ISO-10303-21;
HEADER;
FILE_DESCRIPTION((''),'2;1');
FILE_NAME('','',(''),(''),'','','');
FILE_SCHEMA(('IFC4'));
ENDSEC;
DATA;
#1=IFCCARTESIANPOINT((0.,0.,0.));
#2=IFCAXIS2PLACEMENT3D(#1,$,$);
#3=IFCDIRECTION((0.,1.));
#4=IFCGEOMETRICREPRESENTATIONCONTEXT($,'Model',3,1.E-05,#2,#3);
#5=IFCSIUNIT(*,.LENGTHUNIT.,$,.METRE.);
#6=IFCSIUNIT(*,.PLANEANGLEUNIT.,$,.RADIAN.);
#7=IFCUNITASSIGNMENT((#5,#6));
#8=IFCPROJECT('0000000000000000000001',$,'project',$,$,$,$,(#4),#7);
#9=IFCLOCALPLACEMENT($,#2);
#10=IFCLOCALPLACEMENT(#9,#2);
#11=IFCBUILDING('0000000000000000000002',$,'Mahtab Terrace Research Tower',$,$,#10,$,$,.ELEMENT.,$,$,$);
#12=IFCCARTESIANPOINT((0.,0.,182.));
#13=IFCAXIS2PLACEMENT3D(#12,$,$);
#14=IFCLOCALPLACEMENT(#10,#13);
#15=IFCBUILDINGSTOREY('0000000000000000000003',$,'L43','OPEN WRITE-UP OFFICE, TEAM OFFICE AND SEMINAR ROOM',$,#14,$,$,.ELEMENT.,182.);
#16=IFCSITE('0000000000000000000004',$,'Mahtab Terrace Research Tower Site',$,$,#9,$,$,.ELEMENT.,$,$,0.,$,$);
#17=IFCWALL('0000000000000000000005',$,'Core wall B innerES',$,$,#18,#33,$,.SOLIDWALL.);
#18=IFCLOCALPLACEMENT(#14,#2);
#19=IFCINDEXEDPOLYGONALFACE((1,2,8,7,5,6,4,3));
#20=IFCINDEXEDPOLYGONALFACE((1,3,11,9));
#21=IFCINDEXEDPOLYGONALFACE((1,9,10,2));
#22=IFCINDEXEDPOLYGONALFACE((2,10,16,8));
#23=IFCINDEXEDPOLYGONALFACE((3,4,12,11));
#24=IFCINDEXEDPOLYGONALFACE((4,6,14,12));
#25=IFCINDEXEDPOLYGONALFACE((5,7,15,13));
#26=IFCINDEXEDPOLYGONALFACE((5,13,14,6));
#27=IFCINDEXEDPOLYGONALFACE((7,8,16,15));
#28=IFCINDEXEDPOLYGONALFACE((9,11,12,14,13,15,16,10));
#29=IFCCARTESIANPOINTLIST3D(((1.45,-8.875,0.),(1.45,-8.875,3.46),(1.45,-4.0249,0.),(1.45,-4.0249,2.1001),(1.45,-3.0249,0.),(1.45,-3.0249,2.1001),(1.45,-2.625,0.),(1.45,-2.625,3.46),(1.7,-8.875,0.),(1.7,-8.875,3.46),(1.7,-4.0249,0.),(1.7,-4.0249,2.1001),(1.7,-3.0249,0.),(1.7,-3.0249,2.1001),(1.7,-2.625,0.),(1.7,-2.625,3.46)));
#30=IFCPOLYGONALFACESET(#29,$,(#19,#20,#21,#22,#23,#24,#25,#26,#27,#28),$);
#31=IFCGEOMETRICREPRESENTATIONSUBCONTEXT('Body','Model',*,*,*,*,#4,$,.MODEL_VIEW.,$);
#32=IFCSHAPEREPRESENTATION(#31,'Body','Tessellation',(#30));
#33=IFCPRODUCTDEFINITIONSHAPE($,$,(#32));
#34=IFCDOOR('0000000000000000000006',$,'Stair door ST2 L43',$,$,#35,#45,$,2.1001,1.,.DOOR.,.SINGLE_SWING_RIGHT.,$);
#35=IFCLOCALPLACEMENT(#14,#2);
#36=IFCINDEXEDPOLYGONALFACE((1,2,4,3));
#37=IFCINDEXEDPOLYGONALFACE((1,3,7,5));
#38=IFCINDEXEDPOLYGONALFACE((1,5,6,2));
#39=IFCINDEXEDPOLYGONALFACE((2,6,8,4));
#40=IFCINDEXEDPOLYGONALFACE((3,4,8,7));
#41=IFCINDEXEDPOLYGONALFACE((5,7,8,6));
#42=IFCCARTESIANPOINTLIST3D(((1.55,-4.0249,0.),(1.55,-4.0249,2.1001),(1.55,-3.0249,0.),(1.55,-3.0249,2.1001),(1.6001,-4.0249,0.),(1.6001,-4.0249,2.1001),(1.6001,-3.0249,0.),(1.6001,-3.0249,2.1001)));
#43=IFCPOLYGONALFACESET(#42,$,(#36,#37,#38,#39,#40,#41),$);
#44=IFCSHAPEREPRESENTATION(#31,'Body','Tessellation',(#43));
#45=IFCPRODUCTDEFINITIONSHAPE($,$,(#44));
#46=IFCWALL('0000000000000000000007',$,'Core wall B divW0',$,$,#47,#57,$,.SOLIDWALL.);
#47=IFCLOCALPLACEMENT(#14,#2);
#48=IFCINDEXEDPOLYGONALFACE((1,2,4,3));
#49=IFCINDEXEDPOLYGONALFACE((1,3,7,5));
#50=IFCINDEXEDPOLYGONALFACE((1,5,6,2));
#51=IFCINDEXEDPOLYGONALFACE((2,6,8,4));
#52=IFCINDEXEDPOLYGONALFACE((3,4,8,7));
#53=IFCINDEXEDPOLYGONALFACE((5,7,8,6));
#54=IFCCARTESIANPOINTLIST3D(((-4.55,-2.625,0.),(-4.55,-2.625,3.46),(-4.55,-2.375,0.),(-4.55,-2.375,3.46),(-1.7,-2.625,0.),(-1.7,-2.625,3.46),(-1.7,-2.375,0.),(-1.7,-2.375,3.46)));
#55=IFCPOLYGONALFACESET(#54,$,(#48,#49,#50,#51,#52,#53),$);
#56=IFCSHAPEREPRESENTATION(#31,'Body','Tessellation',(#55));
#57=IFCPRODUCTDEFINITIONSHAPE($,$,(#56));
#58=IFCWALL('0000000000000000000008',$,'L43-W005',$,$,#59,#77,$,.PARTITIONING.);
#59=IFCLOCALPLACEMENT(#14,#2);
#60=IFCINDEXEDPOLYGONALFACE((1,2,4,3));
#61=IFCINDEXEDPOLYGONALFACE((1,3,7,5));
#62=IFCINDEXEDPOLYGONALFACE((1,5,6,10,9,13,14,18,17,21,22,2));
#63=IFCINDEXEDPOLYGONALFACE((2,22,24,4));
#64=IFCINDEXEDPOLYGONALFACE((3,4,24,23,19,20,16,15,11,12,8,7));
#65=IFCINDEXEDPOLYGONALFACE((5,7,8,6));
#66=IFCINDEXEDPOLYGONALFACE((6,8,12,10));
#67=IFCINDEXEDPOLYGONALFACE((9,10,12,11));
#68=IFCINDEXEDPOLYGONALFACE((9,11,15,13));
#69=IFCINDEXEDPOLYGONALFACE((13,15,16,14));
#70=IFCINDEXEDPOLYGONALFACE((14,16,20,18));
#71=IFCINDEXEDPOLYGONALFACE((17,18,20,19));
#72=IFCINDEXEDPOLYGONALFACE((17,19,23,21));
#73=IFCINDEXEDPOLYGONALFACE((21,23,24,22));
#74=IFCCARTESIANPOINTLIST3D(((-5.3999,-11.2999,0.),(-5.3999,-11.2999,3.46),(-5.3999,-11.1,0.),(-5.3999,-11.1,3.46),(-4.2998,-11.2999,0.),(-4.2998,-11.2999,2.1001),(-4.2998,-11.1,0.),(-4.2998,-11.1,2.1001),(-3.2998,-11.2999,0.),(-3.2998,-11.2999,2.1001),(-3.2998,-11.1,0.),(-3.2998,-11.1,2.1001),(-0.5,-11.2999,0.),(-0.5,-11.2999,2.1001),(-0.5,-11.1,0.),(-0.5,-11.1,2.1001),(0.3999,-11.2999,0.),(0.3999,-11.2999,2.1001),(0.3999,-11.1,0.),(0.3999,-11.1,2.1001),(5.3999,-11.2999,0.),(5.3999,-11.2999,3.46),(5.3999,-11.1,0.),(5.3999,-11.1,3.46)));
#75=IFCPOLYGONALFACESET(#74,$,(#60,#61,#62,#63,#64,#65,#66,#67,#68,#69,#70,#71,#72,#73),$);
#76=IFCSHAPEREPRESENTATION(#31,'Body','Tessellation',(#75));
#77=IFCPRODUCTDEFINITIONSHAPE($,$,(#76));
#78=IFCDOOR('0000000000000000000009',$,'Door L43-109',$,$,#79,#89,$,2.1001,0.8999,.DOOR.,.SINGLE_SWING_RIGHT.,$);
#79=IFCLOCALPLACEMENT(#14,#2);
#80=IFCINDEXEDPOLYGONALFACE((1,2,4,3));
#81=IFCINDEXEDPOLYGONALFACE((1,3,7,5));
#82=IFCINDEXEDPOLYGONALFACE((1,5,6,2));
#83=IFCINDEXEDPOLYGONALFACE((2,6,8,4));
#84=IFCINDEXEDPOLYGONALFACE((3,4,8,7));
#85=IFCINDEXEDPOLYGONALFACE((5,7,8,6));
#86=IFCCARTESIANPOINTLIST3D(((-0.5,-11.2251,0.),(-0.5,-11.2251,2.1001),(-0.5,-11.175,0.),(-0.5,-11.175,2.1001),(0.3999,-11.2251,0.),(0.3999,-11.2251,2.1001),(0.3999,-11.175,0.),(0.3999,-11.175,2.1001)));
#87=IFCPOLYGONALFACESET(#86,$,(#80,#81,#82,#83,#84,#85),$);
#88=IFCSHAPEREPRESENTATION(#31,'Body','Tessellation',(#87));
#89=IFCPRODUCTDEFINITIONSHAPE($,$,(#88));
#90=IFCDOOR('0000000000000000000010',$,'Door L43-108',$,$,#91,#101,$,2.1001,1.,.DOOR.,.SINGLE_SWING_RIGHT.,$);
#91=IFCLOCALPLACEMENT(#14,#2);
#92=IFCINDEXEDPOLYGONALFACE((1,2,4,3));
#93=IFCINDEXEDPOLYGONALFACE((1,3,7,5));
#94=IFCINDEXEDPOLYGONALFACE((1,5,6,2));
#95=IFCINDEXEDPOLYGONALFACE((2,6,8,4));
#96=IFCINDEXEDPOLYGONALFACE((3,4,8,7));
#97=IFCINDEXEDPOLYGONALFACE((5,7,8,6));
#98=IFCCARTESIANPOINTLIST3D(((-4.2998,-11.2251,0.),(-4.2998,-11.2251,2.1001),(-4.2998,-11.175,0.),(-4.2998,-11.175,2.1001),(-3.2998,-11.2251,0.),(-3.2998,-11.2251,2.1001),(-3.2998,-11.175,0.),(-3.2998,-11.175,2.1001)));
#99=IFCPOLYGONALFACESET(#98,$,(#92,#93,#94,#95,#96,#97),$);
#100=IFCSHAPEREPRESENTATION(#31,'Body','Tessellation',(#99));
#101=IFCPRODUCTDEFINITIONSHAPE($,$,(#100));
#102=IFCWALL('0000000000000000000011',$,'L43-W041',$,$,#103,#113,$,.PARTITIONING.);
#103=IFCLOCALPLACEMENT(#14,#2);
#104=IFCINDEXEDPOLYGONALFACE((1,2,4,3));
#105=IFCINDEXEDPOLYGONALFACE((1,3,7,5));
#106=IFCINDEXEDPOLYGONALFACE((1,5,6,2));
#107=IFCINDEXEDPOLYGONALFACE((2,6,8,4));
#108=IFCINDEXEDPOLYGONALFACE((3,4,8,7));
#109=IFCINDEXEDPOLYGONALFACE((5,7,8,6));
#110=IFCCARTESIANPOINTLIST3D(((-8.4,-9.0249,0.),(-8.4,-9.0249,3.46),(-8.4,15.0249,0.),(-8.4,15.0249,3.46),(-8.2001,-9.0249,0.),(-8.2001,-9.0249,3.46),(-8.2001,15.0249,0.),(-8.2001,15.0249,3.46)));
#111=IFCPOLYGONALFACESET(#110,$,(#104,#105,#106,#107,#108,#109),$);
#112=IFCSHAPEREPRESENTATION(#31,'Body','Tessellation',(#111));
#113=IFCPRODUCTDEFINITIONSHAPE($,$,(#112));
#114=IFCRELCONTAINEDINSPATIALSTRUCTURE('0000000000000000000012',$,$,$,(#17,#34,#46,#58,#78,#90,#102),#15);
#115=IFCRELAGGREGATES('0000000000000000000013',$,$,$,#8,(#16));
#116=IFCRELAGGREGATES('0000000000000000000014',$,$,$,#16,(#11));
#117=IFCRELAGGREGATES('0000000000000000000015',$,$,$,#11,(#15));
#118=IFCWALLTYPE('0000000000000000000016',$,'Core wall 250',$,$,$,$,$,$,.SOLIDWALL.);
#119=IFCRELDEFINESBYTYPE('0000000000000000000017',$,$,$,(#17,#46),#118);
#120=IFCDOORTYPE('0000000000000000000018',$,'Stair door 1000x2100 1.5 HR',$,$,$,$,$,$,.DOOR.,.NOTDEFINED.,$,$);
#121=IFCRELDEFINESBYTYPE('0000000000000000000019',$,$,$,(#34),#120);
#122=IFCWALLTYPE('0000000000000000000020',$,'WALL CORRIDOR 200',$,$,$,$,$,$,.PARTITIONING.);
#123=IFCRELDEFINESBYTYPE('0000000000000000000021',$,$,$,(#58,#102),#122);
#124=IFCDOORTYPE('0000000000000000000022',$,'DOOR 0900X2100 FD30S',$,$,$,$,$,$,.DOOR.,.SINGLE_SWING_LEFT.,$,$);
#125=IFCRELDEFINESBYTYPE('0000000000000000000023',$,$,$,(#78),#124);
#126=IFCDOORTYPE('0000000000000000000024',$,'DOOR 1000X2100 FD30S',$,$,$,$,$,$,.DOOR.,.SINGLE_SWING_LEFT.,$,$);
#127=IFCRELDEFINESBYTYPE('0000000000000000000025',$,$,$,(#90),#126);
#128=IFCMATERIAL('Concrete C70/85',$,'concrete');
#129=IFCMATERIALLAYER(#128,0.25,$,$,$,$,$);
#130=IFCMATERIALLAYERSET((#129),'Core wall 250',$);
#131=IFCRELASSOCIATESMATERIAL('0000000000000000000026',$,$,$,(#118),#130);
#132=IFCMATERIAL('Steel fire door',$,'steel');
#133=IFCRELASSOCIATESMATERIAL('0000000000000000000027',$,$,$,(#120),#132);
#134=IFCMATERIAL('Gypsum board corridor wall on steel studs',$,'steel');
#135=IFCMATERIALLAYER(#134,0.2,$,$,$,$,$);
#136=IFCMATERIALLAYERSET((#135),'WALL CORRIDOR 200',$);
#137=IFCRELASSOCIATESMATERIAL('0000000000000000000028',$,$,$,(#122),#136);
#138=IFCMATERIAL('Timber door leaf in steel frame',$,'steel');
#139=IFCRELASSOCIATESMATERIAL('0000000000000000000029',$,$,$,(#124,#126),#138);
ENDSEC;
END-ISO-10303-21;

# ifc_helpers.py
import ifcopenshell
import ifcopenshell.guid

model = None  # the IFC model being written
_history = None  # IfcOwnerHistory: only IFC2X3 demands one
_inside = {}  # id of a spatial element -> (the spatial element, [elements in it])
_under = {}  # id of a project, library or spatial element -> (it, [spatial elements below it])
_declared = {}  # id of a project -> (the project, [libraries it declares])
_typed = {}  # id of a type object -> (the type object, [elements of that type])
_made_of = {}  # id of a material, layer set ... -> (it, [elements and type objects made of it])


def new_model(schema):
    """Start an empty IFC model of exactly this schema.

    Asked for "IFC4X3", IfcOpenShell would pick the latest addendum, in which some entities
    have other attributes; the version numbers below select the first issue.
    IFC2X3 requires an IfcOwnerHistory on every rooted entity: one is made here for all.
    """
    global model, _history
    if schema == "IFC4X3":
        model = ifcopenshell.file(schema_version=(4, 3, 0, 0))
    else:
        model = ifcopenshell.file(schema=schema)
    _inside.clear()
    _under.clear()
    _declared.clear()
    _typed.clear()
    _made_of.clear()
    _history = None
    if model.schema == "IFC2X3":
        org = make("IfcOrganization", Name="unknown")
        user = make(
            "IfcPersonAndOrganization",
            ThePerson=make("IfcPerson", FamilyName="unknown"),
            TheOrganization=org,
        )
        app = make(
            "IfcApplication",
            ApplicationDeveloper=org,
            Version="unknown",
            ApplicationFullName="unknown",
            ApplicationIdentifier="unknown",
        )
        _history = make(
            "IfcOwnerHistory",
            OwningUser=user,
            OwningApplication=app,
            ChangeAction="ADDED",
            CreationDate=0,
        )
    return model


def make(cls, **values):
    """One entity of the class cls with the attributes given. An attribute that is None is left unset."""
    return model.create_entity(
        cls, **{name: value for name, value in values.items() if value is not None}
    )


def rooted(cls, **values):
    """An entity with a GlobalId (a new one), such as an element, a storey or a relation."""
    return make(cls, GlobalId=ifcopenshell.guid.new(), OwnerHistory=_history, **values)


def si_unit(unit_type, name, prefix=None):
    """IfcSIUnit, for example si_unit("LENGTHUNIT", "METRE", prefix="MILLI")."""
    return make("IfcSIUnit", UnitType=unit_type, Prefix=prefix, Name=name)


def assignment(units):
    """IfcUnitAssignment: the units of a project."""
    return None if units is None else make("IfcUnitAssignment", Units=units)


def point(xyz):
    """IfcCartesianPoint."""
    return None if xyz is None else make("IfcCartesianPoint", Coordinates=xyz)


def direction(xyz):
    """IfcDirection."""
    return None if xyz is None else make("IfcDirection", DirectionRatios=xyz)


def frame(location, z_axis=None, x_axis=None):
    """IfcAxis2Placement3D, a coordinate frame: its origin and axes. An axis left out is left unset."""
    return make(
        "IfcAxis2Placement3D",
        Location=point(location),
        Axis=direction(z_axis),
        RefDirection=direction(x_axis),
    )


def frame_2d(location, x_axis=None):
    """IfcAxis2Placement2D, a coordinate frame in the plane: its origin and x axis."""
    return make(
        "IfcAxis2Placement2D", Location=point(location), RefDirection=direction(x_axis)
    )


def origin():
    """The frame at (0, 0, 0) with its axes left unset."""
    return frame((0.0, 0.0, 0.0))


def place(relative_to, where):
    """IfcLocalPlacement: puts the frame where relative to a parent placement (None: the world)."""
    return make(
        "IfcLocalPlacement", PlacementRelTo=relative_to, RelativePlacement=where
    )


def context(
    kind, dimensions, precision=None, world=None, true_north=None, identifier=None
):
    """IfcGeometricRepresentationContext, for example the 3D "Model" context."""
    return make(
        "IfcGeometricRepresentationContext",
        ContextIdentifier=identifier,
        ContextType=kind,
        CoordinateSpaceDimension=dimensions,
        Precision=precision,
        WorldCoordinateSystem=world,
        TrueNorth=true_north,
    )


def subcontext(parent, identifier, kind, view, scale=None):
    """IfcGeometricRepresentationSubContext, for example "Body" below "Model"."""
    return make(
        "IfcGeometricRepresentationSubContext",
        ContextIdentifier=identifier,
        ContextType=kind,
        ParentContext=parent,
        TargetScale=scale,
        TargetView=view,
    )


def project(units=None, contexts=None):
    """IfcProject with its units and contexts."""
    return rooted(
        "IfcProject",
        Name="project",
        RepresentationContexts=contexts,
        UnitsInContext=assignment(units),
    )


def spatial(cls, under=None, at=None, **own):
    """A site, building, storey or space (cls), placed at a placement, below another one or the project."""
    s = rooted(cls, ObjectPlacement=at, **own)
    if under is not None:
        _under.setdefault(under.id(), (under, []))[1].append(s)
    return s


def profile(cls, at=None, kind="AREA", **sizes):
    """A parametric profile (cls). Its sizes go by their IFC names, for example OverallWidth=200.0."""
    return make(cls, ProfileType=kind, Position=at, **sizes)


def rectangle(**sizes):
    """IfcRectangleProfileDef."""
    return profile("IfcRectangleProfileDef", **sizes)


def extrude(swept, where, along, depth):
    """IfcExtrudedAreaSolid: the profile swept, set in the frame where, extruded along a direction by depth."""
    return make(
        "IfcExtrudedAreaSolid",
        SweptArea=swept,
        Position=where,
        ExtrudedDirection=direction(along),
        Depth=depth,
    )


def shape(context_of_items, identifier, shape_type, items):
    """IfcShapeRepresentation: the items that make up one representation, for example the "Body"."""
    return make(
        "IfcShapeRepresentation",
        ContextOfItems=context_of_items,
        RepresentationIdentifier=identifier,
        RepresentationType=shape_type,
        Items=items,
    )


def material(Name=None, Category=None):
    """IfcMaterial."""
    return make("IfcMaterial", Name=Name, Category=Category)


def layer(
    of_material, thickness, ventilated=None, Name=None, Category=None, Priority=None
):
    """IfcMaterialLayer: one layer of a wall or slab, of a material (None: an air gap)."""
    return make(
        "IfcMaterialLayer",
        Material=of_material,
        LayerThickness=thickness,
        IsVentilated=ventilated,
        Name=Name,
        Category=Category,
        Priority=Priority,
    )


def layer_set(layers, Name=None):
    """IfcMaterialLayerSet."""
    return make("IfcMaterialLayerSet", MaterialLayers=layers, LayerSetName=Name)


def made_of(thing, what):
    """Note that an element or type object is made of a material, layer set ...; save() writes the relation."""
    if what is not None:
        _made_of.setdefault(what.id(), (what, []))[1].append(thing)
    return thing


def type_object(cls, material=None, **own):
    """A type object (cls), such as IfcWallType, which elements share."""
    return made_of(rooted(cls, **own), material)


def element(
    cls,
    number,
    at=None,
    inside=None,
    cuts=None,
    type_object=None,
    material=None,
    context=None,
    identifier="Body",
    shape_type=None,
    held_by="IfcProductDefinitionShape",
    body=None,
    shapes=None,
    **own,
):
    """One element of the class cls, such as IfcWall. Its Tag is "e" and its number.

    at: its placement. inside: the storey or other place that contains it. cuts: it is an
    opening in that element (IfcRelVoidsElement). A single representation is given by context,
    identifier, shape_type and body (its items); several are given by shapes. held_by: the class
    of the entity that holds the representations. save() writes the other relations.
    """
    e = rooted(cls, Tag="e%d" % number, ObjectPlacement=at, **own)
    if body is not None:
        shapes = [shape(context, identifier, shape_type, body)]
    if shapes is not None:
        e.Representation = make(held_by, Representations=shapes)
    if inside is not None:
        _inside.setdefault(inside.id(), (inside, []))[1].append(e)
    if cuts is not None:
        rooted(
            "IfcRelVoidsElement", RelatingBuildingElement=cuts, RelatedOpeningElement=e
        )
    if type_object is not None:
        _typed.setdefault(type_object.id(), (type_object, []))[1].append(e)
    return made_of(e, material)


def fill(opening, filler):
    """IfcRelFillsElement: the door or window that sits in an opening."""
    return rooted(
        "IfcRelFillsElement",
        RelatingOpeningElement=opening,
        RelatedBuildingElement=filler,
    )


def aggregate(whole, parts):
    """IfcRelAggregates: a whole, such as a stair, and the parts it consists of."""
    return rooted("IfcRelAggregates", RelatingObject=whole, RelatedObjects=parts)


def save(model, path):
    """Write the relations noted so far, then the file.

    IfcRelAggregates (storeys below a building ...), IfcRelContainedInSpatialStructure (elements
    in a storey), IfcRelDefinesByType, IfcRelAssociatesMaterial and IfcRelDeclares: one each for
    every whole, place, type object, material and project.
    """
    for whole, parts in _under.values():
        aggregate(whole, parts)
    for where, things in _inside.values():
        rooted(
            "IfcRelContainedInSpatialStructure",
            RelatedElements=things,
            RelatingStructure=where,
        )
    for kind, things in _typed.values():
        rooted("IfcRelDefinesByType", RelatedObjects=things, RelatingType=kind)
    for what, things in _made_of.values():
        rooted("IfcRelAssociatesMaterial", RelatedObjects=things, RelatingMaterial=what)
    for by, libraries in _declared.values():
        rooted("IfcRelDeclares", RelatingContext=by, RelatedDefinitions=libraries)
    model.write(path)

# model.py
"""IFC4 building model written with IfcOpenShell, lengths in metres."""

from ifc_helpers import new_model, si_unit, direction, frame, frame_2d, origin, place, context, subcontext, project, spatial, rectangle, extrude, material, layer, layer_set, type_object, element, fill, save


model = new_model("IFC4")

# Units and contexts
model_context = context("Model", 3, precision=1e-05, world=origin(), true_north=direction((0.0, 1.0)))
body_context = subcontext(model_context, "Body", "Model", "MODEL_VIEW")
ifc_project = project(units=[si_unit("LENGTHUNIT", "METRE"), si_unit("PLANEANGLEUNIT", "RADIAN")], contexts=[model_context])

# Site, building, storey
site_placement = place(None, origin())
site = spatial("IfcSite", under=ifc_project, at=site_placement, Name="Mahtab Terrace Research Tower Site", CompositionType="ELEMENT", RefElevation=0.0)
building_placement = place(site_placement, origin())
building = spatial("IfcBuilding", under=site, at=building_placement, Name="Mahtab Terrace Research Tower", CompositionType="ELEMENT")
storey_placement = place(building_placement, frame((0.0, 0.0, 182.0)))
storey = spatial("IfcBuildingStorey", under=building, at=storey_placement, Name="L43", Description="OPEN WRITE-UP OFFICE, TEAM OFFICE AND SEMINAR ROOM", CompositionType="ELEMENT", Elevation=182.0)

# Shared definitions
ifc_material_1 = material(Name="Concrete C70/85", Category="concrete")

# Shared definitions
ifc_layer_1 = layer(ifc_material_1, 0.25)
ifc_layer_set_1 = layer_set([ifc_layer_1], Name="Core wall 250")
wall_type_1 = type_object("IfcWallType", Name="Core wall 250", PredefinedType="SOLIDWALL", material=ifc_layer_set_1)
ifc_material_2 = material(Name="Steel fire door", Category="steel")

# Wall, opening, door
wall_1_placement = place(storey_placement, frame((1.575, -8.875, 0.0), z_axis=(0.0, 0.0, 1.0), x_axis=(0.0, 1.0, 0.0)))
wall_1 = element("IfcWall", 1, at=wall_1_placement, inside=storey, type_object=wall_type_1, Name="Core wall B innerES", PredefinedType="SOLIDWALL", context=body_context, shape_type="SweptSolid", body=[
    extrude(rectangle(XDim=6.25, YDim=0.25, at=frame_2d((3.125, 0.0))), origin(), (0.0, 0.0, 1.0), 3.46),
])
opening_1_placement = place(wall_1_placement, frame((4.8501, 0.0, 0.0)))
opening_1 = element("IfcOpeningElement", 2, at=opening_1_placement, cuts=wall_1, PredefinedType="OPENING", context=body_context, shape_type="SweptSolid", body=[
    extrude(rectangle(XDim=1.0, YDim=2.1001, at=frame_2d((0.5, 1.05))), frame((0.0, 0.135, 0.0), z_axis=(0.0, -1.0, 0.0), x_axis=(1.0, 0.0, 0.0)), (0.0, 0.0, 1.0), 0.27),
])
door_type_1 = type_object("IfcDoorType", Name="Stair door 1000x2100 1.5 HR", OperationType="NOTDEFINED", PredefinedType="DOOR", material=ifc_material_2)
door_1_placement = place(opening_1_placement, origin())
door_1 = element("IfcDoor", 3, at=door_1_placement, inside=storey, type_object=door_type_1, Name="Stair door ST2 L43", OperationType="SINGLE_SWING_RIGHT", OverallHeight=2.1001, OverallWidth=1.0, PredefinedType="DOOR", context=body_context, shape_type="SweptSolid", body=[
    extrude(rectangle(XDim=1.0, YDim=2.1001, at=frame_2d((0.5, 1.05))), frame((0.0, 0.0249, 0.0), z_axis=(0.0, -1.0, 0.0), x_axis=(1.0, 0.0, 0.0)), (0.0, 0.0, 1.0), 0.05),
])
fill(opening_1, door_1)

# Wall
wall_2_placement = place(storey_placement, frame((-4.55, -2.5, 0.0), z_axis=(0.0, 0.0, 1.0), x_axis=(1.0, 0.0, 0.0)))
element("IfcWall", 4, at=wall_2_placement, inside=storey, type_object=wall_type_1, Name="Core wall B divW0", PredefinedType="SOLIDWALL", context=body_context, shape_type="SweptSolid", body=[
    extrude(rectangle(XDim=2.8501, YDim=0.25, at=frame_2d((1.425, 0.0))), origin(), (0.0, 0.0, 1.0), 3.46),
])

# Wall, openings, doors
ifc_material_3 = material(Name="Gypsum board corridor wall on steel studs", Category="steel")
ifc_layer_2 = layer(ifc_material_3, 0.2)
ifc_layer_set_2 = layer_set([ifc_layer_2], Name="WALL CORRIDOR 200")
wall_type_2 = type_object("IfcWallType", Name="WALL CORRIDOR 200", PredefinedType="PARTITIONING", material=ifc_layer_set_2)
wall_3_placement = place(storey_placement, frame((-5.3999, -11.2, 0.0), z_axis=(0.0, 0.0, 1.0), x_axis=(1.0, 0.0, 0.0)))
wall_3 = element("IfcWall", 5, at=wall_3_placement, inside=storey, type_object=wall_type_2, Name="L43-W005", PredefinedType="PARTITIONING", context=body_context, shape_type="SweptSolid", body=[
    extrude(rectangle(XDim=10.7998, YDim=0.2, at=frame_2d((5.3999, 0.0))), origin(), (0.0, 0.0, 1.0), 3.46),
])
opening_2_placement = place(wall_3_placement, frame((1.1001, 0.0, 0.0)))
opening_2 = element("IfcOpeningElement", 6, at=opening_2_placement, cuts=wall_3, PredefinedType="OPENING", context=body_context, shape_type="SweptSolid", body=[
    extrude(rectangle(XDim=1.0, YDim=2.1001, at=frame_2d((0.5, 1.05))), frame((0.0, 0.1099, 0.0), z_axis=(0.0, -1.0, 0.0), x_axis=(1.0, 0.0, 0.0)), (0.0, 0.0, 1.0), 0.22),
])
opening_3_placement = place(wall_3_placement, frame((4.8999, 0.0, 0.0)))
opening_3 = element("IfcOpeningElement", 7, at=opening_3_placement, cuts=wall_3, PredefinedType="OPENING", context=body_context, shape_type="SweptSolid", body=[
    extrude(rectangle(XDim=0.8999, YDim=2.1001, at=frame_2d((0.45, 1.05))), frame((0.0, 0.1099, 0.0), z_axis=(0.0, -1.0, 0.0), x_axis=(1.0, 0.0, 0.0)), (0.0, 0.0, 1.0), 0.22),
])
ifc_material_4 = material(Name="Timber door leaf in steel frame", Category="steel")
door_type_2 = type_object("IfcDoorType", Name="DOOR 0900X2100 FD30S", OperationType="SINGLE_SWING_LEFT", PredefinedType="DOOR", material=ifc_material_4)
door_2_placement = place(opening_3_placement, origin())
door_2 = element("IfcDoor", 8, at=door_2_placement, inside=storey, type_object=door_type_2, Name="Door L43-109", OperationType="SINGLE_SWING_RIGHT", OverallHeight=2.1001, OverallWidth=0.8999, PredefinedType="DOOR", context=body_context, shape_type="SweptSolid", body=[
    extrude(rectangle(XDim=0.8999, YDim=2.1001, at=frame_2d((0.45, 1.05))), frame((0.0, 0.0249, 0.0), z_axis=(0.0, -1.0, 0.0), x_axis=(1.0, 0.0, 0.0)), (0.0, 0.0, 1.0), 0.05),
])
fill(opening_3, door_2)
door_type_3 = type_object("IfcDoorType", Name="DOOR 1000X2100 FD30S", OperationType="SINGLE_SWING_LEFT", PredefinedType="DOOR", material=ifc_material_4)
door_3_placement = place(opening_2_placement, origin())
door_3 = element("IfcDoor", 9, at=door_3_placement, inside=storey, type_object=door_type_3, Name="Door L43-108", OperationType="SINGLE_SWING_RIGHT", OverallHeight=2.1001, OverallWidth=1.0, PredefinedType="DOOR", context=body_context, shape_type="SweptSolid", body=[
    extrude(rectangle(XDim=1.0, YDim=2.1001, at=frame_2d((0.5, 1.05))), frame((0.0, 0.0249, 0.0), z_axis=(0.0, -1.0, 0.0), x_axis=(1.0, 0.0, 0.0)), (0.0, 0.0, 1.0), 0.05),
])
fill(opening_2, door_3)

# Wall
wall_4_placement = place(storey_placement, frame((-8.3, -9.0249, 0.0), z_axis=(0.0, 0.0, 1.0), x_axis=(0.0, 1.0, 0.0)))
element("IfcWall", 10, at=wall_4_placement, inside=storey, type_object=wall_type_2, Name="L43-W041", PredefinedType="PARTITIONING", context=body_context, shape_type="SweptSolid", body=[
    extrude(rectangle(XDim=24.0498, YDim=0.2, at=frame_2d((12.0249, 0.0))), origin(), (0.0, 0.0, 1.0), 3.46),
])

save(model, "model.ifc")
